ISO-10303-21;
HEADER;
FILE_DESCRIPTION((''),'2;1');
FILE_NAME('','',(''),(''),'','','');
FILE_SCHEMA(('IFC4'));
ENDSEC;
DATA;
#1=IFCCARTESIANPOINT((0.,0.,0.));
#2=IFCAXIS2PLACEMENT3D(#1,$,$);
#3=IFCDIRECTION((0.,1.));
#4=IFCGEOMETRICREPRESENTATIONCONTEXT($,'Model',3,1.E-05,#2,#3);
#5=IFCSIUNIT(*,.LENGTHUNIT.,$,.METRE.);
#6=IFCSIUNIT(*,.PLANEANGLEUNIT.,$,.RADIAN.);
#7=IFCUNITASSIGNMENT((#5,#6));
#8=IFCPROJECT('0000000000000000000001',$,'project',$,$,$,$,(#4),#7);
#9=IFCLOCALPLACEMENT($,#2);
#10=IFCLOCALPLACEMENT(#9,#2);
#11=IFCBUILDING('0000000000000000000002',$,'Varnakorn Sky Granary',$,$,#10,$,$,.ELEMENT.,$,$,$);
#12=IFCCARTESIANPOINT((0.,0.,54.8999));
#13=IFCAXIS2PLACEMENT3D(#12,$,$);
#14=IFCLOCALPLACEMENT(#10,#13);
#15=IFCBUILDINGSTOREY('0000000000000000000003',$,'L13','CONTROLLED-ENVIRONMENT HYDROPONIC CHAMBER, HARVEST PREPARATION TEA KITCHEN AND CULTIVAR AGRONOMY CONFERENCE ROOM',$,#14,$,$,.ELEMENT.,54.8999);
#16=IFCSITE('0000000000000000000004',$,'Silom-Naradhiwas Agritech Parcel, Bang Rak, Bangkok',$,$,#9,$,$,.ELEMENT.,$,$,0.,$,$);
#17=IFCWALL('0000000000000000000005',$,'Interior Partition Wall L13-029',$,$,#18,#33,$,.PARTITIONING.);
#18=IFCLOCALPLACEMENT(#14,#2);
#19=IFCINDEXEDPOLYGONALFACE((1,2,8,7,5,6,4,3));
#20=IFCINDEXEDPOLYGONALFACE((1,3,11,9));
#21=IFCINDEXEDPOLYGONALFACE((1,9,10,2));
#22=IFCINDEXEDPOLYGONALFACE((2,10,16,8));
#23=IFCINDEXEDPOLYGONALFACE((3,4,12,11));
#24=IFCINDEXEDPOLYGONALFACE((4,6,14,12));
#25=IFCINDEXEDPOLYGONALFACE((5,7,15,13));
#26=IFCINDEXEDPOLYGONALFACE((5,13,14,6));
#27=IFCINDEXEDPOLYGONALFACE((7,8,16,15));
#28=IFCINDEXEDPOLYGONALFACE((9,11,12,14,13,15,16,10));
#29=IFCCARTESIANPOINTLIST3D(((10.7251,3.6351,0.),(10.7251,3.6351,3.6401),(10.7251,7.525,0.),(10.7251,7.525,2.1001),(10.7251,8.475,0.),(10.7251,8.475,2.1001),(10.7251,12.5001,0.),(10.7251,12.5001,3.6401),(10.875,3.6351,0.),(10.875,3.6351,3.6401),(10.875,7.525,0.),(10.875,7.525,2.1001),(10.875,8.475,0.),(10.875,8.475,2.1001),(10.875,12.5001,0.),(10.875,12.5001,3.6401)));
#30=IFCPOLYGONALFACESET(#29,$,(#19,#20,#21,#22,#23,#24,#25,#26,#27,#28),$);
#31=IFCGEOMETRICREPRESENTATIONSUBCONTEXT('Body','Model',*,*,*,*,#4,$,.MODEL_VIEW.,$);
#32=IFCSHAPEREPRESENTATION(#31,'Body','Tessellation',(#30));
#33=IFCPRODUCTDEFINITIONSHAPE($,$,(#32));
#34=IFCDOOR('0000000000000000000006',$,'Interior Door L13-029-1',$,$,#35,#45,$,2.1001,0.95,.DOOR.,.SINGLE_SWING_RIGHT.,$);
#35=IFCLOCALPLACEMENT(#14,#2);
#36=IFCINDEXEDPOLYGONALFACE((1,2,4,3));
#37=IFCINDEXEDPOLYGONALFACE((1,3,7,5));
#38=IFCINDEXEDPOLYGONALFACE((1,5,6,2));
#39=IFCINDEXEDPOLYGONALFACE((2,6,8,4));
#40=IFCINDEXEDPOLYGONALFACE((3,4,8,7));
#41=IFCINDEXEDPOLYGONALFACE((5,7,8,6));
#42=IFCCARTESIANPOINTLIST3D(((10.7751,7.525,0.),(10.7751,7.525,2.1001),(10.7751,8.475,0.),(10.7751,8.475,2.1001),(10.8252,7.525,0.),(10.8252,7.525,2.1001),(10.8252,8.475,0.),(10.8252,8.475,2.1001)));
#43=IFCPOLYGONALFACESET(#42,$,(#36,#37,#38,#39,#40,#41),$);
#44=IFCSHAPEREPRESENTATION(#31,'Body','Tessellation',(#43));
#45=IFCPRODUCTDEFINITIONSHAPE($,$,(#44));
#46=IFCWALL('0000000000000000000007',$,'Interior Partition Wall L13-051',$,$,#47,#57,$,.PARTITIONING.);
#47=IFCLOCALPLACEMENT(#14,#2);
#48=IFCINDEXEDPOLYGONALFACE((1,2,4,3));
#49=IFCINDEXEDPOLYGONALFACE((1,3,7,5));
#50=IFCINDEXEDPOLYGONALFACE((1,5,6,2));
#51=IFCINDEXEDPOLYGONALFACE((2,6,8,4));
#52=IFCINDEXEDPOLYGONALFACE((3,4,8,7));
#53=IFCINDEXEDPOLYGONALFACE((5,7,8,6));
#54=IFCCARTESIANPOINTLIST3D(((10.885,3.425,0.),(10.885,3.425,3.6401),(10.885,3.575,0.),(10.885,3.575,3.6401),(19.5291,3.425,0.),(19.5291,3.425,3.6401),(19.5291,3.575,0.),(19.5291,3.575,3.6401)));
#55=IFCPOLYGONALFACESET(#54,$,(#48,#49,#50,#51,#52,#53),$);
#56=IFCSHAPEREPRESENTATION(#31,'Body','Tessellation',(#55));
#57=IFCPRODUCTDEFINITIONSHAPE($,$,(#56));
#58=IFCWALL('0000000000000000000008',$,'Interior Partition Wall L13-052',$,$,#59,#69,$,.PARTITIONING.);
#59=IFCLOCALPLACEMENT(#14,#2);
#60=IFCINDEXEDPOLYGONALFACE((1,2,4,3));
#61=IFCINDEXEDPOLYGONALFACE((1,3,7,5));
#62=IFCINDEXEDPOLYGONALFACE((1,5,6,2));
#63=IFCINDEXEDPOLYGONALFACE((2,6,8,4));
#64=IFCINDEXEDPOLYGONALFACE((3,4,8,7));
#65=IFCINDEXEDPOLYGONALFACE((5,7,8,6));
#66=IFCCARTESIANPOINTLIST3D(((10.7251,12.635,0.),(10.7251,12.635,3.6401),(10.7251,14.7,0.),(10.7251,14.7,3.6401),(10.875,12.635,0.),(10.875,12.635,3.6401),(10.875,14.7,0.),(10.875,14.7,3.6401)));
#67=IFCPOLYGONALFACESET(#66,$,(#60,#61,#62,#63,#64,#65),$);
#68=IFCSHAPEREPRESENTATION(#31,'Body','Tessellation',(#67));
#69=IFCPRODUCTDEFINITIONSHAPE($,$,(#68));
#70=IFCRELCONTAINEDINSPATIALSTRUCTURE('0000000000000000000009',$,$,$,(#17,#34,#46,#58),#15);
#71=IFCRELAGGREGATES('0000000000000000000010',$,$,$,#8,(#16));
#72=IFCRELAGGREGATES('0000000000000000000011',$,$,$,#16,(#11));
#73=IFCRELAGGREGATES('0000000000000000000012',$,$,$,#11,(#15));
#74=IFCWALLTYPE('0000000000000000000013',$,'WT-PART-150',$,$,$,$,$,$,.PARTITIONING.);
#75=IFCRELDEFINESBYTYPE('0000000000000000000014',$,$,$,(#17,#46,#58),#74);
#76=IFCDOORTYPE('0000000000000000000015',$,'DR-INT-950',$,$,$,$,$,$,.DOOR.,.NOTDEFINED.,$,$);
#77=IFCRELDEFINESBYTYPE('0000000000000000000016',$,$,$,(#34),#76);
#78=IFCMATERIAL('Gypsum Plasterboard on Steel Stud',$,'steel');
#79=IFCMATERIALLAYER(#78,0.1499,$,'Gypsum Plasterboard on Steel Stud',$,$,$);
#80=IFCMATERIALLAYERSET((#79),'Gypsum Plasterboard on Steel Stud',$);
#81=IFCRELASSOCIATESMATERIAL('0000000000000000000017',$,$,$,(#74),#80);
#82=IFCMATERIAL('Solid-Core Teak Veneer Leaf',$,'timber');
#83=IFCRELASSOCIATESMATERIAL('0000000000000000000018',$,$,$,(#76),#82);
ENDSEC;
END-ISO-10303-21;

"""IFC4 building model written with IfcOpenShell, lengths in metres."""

from ifc_helpers import new_model, si_unit, direction, frame, frame_2d, origin, place, context, subcontext, project, spatial, rectangle, extrude, material, layer, layer_set, type_object, element, fill, save


model = new_model("IFC4")

# Units and contexts
model_context = context("Model", 3, precision=1e-05, world=origin(), true_north=direction((0.0, 1.0)))
body_context = subcontext(model_context, "Body", "Model", "MODEL_VIEW")
ifc_project = project(units=[si_unit("LENGTHUNIT", "METRE"), si_unit("PLANEANGLEUNIT", "RADIAN")], contexts=[model_context])

# Site, building, storey
site_placement = place(None, origin())
site = spatial("IfcSite", under=ifc_project, at=site_placement, Name="Silom-Naradhiwas Agritech Parcel, Bang Rak, Bangkok", CompositionType="ELEMENT", RefElevation=0.0)
building_placement = place(site_placement, origin())
building = spatial("IfcBuilding", under=site, at=building_placement, Name="Varnakorn Sky Granary", CompositionType="ELEMENT")
storey_placement = place(building_placement, frame((0.0, 0.0, 54.8999)))
storey = spatial("IfcBuildingStorey", under=building, at=storey_placement, Name="L13", Description="CONTROLLED-ENVIRONMENT HYDROPONIC CHAMBER, HARVEST PREPARATION TEA KITCHEN AND CULTIVAR AGRONOMY CONFERENCE ROOM", CompositionType="ELEMENT", Elevation=54.8999)

# Wall, opening, door
ifc_material_1 = material(Name="Gypsum Plasterboard on Steel Stud", Category="steel")
ifc_layer_1 = layer(ifc_material_1, 0.1499, Name="Gypsum Plasterboard on Steel Stud")
ifc_layer_set_1 = layer_set([ifc_layer_1], Name="Gypsum Plasterboard on Steel Stud")
wall_type_1 = type_object("IfcWallType", Name="WT-PART-150", PredefinedType="PARTITIONING", material=ifc_layer_set_1)
wall_1_placement = place(storey_placement, frame((10.8, 3.635, 0.0), z_axis=(0.0, 0.0, 1.0), x_axis=(0.0, 1.0, 0.0)))
wall_1 = element("IfcWall", 1, at=wall_1_placement, inside=storey, type_object=wall_type_1, Name="Interior Partition Wall L13-029", PredefinedType="PARTITIONING", context=body_context, shape_type="SweptSolid", body=[
    extrude(rectangle(XDim=8.865, YDim=0.1499, at=frame_2d((4.4326, 0.0))), origin(), (0.0, 0.0, 1.0), 3.6401),
])
opening_1_placement = place(wall_1_placement, frame((3.8899, 0.0, 0.0)))
opening_1 = element("IfcOpeningElement", 2, at=opening_1_placement, cuts=wall_1, PredefinedType="OPENING", context=body_context, shape_type="SweptSolid", body=[
    extrude(rectangle(XDim=0.95, YDim=2.1001, at=frame_2d((0.4751, 1.05))), frame((0.0, 0.085, 0.0), z_axis=(0.0, -1.0, 0.0), x_axis=(1.0, 0.0, 0.0)), (0.0, 0.0, 1.0), 0.1699),
])
ifc_material_2 = material(Name="Solid-Core Teak Veneer Leaf", Category="timber")
door_type_1 = type_object("IfcDoorType", Name="DR-INT-950", OperationType="NOTDEFINED", PredefinedType="DOOR", material=ifc_material_2)
door_1_placement = place(opening_1_placement, origin())
door_1 = element("IfcDoor", 3, at=door_1_placement, inside=storey, type_object=door_type_1, Name="Interior Door L13-029-1", OperationType="SINGLE_SWING_RIGHT", OverallHeight=2.1001, OverallWidth=0.95, PredefinedType="DOOR", context=body_context, shape_type="SweptSolid", body=[
    extrude(rectangle(XDim=0.95, YDim=2.1001, at=frame_2d((0.4751, 1.05))), frame((0.0, 0.0249, 0.0), z_axis=(0.0, -1.0, 0.0), x_axis=(1.0, 0.0, 0.0)), (0.0, 0.0, 1.0), 0.05),
])
fill(opening_1, door_1)

# Walls
wall_2_placement = place(storey_placement, frame((10.885, 3.5, 0.0), z_axis=(0.0, 0.0, 1.0), x_axis=(1.0, 0.0, 0.0)))
element("IfcWall", 4, at=wall_2_placement, inside=storey, type_object=wall_type_1, Name="Interior Partition Wall L13-051", PredefinedType="PARTITIONING", context=body_context, shape_type="SweptSolid", body=[
    extrude(rectangle(XDim=8.644, YDim=0.1499, at=frame_2d((4.322, 0.0))), origin(), (0.0, 0.0, 1.0), 3.6401),
])
wall_3_placement = place(storey_placement, frame((10.8, 12.635, 0.0), z_axis=(0.0, 0.0, 1.0), x_axis=(0.0, 1.0, 0.0)))
element("IfcWall", 5, at=wall_3_placement, inside=storey, type_object=wall_type_1, Name="Interior Partition Wall L13-052", PredefinedType="PARTITIONING", context=body_context, shape_type="SweptSolid", body=[
    extrude(rectangle(XDim=2.0649, YDim=0.1499, at=frame_2d((1.0325, 0.0))), origin(), (0.0, 0.0, 1.0), 3.6401),
])

save(model, "model.ifc")
